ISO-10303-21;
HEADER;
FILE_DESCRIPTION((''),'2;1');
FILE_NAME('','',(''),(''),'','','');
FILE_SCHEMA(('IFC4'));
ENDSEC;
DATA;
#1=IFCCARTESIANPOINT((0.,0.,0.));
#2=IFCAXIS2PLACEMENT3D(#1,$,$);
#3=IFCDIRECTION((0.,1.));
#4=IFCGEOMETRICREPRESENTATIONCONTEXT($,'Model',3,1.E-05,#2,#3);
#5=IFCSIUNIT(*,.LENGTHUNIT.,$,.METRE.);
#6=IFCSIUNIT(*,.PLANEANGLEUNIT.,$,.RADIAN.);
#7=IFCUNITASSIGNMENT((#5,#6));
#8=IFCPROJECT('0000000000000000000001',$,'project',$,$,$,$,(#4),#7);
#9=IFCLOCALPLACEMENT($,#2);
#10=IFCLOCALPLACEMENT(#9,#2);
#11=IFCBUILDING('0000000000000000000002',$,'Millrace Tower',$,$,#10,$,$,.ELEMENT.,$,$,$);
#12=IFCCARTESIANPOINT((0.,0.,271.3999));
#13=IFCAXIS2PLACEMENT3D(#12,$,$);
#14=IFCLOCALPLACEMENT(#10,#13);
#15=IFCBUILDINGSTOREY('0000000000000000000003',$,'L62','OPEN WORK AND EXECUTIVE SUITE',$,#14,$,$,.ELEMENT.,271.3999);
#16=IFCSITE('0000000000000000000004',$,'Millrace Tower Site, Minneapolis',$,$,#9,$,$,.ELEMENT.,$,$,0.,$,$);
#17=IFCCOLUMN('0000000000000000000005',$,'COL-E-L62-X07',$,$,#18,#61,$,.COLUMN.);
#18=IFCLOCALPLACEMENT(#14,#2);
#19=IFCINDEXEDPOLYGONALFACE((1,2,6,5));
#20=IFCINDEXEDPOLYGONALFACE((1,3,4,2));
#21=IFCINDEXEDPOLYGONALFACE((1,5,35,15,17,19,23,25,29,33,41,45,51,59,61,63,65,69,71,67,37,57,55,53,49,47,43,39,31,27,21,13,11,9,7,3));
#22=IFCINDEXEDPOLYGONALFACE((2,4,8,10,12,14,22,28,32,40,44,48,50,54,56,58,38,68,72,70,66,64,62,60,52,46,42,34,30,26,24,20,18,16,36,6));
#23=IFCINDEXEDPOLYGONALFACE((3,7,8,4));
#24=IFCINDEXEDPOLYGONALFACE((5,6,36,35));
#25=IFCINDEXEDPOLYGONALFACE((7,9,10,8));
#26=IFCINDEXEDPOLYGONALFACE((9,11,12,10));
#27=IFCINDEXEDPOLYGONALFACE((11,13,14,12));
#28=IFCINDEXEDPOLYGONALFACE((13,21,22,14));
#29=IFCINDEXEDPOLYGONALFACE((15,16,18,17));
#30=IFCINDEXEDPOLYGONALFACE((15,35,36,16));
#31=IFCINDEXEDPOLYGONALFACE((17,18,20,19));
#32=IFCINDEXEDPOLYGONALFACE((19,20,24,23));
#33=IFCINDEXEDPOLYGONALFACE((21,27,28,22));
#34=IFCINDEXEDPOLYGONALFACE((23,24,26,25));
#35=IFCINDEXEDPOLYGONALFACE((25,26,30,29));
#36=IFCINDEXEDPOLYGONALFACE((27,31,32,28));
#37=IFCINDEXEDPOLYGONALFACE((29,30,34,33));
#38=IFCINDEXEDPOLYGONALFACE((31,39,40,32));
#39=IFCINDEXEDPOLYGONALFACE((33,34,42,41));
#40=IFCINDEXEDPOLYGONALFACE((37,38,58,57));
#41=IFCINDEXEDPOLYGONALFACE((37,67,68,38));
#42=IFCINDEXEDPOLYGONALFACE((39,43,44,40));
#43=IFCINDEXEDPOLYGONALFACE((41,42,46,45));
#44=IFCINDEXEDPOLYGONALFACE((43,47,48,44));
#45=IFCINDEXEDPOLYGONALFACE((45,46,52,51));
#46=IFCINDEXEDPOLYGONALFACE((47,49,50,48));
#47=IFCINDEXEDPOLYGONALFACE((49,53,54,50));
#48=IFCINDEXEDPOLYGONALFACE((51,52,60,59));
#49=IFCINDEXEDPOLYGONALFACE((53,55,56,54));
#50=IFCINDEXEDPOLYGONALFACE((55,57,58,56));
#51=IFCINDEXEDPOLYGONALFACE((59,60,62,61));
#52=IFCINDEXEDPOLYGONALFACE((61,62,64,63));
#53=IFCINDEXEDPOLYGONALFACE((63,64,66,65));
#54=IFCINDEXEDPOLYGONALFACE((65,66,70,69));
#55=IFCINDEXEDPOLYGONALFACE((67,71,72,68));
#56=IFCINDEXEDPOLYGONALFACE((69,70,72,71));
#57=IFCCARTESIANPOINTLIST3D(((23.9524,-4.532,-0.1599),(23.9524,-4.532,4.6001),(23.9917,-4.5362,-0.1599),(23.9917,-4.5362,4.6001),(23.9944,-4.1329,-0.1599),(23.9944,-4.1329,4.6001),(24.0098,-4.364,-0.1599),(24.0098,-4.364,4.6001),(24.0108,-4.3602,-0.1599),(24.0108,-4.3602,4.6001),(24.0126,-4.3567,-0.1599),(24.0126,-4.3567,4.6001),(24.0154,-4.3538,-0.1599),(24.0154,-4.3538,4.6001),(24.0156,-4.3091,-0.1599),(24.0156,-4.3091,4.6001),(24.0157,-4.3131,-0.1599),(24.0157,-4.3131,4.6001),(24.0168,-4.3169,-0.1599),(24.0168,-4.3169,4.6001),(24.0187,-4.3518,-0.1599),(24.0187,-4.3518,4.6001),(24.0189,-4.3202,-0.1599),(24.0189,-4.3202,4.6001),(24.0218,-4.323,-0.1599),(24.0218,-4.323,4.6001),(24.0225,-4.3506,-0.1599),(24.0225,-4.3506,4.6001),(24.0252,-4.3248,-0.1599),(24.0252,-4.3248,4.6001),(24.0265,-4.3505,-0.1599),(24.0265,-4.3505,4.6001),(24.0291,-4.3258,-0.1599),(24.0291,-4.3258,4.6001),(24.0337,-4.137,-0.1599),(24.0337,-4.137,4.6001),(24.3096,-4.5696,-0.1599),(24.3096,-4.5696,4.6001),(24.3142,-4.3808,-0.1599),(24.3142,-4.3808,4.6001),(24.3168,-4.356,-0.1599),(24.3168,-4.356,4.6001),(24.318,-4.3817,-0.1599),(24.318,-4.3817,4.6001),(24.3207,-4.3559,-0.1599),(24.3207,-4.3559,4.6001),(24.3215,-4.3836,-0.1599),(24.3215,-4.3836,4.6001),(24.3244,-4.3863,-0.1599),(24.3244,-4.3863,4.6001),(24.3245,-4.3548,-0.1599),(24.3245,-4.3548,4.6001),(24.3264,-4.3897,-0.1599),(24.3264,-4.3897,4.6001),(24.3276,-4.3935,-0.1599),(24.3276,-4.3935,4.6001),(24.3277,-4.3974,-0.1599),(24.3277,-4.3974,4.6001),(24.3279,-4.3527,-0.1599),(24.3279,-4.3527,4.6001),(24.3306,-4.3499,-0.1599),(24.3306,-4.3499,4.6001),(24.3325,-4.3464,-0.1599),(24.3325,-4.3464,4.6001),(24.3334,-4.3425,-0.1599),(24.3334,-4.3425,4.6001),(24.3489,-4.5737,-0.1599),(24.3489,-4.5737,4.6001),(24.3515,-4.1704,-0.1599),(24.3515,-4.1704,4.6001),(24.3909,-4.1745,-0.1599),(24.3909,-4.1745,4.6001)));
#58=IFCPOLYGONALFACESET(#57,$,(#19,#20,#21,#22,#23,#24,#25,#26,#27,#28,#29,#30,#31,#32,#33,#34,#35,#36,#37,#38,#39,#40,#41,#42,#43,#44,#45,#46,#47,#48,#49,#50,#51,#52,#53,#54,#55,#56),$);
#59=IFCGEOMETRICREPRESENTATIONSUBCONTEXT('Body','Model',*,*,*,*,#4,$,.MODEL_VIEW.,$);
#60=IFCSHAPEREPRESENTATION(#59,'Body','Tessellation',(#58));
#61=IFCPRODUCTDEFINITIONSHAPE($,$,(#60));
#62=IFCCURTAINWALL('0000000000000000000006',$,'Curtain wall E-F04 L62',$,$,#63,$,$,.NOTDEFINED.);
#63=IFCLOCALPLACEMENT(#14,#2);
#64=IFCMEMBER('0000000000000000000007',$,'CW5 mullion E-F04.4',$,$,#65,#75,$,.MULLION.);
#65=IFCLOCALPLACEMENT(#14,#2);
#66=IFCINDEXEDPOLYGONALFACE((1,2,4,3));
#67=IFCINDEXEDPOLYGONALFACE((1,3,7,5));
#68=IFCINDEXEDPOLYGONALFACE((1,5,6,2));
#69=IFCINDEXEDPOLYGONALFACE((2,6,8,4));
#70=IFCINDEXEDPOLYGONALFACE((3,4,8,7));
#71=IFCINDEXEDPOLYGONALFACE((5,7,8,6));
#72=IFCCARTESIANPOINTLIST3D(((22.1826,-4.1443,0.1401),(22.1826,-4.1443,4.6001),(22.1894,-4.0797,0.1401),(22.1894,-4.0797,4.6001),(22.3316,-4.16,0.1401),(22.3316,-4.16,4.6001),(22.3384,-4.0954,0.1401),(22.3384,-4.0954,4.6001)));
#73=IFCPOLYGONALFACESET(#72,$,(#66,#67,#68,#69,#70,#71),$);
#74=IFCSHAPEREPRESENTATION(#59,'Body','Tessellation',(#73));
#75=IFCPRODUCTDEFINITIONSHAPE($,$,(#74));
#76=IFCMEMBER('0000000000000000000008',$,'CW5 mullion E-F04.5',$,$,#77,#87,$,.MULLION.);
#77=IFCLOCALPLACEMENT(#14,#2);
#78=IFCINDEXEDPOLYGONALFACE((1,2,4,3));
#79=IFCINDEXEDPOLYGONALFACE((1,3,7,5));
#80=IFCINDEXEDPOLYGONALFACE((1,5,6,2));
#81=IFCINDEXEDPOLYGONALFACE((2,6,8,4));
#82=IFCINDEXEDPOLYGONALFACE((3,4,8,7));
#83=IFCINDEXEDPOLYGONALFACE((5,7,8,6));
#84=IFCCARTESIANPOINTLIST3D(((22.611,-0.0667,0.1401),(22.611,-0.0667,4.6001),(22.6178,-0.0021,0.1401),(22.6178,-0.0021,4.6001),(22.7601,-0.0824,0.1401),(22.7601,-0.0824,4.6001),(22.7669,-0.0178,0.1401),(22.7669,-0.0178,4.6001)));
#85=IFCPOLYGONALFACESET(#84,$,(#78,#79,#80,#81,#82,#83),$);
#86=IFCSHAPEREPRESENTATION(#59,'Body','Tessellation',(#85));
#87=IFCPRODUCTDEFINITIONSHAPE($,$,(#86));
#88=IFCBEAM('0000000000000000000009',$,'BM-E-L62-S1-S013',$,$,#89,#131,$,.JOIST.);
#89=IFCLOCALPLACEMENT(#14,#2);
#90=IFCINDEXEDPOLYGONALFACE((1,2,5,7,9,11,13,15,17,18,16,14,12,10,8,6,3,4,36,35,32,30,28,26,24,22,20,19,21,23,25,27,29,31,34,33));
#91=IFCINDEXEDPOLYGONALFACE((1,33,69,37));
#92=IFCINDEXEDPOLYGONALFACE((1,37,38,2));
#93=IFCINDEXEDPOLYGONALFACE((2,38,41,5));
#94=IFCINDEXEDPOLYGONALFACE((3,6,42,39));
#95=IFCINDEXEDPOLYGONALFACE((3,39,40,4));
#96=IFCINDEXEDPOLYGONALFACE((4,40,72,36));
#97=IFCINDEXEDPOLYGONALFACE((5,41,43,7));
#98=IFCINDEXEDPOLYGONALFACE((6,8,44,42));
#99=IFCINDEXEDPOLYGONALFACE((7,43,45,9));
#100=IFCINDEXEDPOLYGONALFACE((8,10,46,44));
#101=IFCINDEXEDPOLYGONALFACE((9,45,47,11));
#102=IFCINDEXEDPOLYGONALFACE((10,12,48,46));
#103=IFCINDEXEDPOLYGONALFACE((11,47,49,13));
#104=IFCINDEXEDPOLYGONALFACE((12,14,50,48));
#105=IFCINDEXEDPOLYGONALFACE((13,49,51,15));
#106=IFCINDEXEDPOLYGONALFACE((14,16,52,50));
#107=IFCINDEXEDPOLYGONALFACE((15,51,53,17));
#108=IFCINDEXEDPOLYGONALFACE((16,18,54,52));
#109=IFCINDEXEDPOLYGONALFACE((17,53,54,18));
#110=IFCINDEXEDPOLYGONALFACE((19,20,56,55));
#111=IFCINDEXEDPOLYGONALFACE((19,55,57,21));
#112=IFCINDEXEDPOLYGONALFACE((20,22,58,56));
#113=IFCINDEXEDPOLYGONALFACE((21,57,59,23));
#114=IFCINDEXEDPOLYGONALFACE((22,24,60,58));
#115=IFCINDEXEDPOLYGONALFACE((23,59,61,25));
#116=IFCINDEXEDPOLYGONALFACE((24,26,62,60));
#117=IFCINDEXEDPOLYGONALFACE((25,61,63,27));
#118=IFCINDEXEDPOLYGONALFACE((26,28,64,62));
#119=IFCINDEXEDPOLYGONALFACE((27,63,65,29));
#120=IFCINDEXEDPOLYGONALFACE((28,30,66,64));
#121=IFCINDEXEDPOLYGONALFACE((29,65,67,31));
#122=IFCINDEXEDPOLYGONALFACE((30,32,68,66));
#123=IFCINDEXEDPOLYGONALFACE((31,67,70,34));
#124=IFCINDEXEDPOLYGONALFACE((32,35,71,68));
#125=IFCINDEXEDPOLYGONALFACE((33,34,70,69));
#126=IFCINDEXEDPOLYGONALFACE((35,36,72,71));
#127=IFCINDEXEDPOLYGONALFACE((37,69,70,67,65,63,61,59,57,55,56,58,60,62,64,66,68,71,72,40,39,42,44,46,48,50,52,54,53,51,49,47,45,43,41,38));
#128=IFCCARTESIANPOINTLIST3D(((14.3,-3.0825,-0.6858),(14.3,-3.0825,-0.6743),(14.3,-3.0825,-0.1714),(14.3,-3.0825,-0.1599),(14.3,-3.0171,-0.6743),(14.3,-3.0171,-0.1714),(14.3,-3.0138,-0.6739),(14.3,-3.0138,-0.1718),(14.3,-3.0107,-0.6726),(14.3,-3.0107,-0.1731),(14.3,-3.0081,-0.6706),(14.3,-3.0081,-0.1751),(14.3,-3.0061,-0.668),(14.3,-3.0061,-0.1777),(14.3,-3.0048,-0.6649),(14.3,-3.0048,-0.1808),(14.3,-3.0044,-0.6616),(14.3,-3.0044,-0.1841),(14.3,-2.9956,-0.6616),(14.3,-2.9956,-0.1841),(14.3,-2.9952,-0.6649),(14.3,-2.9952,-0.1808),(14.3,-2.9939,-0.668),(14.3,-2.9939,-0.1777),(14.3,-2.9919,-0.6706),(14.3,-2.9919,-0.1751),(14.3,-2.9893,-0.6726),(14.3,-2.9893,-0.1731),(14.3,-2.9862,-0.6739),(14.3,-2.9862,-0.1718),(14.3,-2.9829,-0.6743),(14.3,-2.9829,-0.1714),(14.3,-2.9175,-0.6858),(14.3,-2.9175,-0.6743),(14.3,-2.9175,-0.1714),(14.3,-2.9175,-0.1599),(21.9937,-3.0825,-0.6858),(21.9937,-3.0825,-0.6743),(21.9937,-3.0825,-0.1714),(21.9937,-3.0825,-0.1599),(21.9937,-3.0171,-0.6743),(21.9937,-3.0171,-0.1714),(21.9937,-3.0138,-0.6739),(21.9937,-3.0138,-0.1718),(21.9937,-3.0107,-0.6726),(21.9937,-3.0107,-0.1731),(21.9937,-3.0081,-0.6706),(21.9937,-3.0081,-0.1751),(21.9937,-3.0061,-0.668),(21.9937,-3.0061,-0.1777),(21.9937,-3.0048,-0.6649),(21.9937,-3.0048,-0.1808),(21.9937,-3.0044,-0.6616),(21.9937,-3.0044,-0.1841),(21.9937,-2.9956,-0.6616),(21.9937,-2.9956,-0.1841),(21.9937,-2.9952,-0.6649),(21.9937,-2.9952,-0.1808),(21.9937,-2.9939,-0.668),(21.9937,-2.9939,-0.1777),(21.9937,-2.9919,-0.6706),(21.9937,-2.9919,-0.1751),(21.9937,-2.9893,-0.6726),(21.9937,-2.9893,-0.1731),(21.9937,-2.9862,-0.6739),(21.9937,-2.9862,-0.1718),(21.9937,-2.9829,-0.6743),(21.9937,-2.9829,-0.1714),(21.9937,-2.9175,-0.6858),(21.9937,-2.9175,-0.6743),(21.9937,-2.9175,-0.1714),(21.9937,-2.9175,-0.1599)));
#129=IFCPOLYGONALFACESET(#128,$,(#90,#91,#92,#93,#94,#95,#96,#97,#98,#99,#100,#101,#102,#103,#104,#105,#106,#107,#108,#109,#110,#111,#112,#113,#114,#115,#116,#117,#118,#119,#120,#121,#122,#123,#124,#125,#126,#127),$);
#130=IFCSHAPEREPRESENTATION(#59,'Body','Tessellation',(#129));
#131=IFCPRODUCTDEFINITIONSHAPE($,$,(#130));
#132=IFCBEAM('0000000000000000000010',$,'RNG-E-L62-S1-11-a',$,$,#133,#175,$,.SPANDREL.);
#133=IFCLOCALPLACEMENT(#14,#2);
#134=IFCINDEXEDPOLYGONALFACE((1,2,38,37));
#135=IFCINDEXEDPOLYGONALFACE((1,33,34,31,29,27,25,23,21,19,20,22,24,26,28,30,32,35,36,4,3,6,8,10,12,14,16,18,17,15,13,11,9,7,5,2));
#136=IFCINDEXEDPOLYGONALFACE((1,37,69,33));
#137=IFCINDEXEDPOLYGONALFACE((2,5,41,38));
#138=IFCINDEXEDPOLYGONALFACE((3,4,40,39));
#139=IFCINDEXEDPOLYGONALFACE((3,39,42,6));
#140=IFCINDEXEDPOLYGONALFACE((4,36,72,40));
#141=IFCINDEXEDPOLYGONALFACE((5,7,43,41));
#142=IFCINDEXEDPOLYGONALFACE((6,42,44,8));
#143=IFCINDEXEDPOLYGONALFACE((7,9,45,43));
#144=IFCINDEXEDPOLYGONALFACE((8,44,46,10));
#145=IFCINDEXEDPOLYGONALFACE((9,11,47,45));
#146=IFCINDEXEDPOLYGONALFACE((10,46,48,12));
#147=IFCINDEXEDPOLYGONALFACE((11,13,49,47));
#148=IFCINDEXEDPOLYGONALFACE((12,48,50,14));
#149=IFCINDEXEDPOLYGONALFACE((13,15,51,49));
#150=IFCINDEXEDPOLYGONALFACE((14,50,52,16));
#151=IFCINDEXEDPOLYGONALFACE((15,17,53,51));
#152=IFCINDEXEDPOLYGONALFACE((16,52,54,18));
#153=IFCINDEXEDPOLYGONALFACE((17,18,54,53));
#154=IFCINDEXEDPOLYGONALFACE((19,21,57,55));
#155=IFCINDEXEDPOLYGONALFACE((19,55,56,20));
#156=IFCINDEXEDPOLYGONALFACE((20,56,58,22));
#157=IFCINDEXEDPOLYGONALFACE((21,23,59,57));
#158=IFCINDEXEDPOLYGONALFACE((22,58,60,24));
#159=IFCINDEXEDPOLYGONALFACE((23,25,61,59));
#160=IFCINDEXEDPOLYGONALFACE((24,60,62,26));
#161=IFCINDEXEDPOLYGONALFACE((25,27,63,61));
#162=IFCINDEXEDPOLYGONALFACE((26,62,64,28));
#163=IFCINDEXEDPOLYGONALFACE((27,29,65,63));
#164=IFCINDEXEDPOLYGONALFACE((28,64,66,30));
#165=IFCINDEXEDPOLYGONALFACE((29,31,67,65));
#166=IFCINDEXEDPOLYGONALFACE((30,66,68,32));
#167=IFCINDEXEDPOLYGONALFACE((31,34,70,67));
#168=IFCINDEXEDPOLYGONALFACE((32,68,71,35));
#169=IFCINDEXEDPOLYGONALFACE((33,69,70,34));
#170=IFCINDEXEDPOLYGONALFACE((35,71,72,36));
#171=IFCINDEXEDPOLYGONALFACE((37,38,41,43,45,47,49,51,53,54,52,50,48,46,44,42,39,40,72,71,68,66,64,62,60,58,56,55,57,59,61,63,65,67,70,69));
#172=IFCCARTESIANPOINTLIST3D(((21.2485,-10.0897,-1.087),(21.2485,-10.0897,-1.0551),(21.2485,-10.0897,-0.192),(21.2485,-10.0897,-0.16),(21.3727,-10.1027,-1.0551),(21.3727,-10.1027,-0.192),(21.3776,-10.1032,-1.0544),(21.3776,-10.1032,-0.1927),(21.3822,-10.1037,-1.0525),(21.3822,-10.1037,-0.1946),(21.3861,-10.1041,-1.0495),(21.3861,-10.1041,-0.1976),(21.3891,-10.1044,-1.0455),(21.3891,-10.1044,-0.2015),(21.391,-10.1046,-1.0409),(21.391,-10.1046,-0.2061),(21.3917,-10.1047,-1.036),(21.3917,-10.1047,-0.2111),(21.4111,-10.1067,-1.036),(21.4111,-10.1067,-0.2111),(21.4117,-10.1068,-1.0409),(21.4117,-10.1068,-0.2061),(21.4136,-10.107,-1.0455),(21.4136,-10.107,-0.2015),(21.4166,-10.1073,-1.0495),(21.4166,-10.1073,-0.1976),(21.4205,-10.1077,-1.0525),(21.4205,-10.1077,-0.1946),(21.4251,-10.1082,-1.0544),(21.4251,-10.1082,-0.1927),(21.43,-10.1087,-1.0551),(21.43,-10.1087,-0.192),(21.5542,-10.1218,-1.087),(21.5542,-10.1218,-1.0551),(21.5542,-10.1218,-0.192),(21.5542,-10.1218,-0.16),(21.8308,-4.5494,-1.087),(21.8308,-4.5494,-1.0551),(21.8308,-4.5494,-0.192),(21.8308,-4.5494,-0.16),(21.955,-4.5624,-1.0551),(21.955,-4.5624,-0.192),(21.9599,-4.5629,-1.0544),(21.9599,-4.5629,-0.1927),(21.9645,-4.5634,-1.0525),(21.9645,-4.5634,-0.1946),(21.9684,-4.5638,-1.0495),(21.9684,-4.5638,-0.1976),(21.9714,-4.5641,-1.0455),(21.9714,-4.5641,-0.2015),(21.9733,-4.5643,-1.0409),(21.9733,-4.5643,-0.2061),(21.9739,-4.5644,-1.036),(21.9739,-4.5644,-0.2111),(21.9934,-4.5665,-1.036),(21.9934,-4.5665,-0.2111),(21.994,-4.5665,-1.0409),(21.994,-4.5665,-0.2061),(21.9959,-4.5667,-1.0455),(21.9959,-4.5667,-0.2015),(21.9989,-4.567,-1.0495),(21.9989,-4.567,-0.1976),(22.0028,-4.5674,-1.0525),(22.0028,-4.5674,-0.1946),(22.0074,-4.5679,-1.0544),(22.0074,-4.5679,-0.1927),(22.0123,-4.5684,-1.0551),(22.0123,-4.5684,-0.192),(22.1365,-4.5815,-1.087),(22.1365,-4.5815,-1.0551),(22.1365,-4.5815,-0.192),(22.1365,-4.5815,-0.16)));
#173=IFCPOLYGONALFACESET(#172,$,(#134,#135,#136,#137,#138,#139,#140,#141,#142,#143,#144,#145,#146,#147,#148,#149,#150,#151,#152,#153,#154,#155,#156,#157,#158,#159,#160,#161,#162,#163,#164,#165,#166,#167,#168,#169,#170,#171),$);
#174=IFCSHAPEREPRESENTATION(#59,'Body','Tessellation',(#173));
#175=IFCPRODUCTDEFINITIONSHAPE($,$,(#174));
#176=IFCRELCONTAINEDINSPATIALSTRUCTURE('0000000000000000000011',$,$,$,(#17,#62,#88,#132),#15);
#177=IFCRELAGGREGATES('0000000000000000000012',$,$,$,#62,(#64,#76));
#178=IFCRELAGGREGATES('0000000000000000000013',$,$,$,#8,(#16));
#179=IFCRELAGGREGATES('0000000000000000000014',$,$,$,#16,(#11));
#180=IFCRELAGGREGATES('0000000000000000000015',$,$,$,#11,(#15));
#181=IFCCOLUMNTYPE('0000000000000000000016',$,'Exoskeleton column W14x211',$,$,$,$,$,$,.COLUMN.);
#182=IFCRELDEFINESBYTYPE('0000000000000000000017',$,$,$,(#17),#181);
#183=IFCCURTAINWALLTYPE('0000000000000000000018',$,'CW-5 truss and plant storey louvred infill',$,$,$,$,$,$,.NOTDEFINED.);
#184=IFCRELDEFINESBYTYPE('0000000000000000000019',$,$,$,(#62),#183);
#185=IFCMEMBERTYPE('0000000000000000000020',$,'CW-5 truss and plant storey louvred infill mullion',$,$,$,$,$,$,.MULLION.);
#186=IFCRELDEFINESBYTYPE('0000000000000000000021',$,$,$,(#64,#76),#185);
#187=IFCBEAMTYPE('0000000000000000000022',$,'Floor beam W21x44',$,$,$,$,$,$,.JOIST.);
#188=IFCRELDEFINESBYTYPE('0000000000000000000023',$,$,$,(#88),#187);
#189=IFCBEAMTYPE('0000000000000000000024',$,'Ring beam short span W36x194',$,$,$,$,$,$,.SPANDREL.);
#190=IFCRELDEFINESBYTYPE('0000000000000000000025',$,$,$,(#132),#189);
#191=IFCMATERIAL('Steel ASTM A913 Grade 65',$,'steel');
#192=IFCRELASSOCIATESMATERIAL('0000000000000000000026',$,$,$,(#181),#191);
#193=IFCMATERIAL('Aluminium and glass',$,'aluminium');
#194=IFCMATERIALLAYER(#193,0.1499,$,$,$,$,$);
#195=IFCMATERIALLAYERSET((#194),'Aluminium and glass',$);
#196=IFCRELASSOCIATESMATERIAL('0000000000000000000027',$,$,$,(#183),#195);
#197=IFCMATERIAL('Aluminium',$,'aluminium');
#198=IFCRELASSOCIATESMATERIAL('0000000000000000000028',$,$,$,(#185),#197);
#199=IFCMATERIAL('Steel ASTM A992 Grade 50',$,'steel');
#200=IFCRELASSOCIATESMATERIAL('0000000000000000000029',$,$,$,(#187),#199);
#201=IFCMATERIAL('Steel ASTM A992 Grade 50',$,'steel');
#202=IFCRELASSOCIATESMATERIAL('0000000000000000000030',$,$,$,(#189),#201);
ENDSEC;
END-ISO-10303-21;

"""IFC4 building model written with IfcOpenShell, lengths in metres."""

from ifc_helpers import new_model, si_unit, direction, frame, origin, origin_2d, place, context, subcontext, project, spatial, rectangle, i_section, extrude, material, layer, layer_set, material_profile, profile_set, type_object, element, aggregate, save


model = new_model("IFC4")

# Units and contexts
model_context = context("Model", 3, precision=1e-05, world=origin(), true_north=direction((0.0, 1.0)))
body_context = subcontext(model_context, "Body", "Model", "MODEL_VIEW")
ifc_project = project(units=[si_unit("LENGTHUNIT", "METRE"), si_unit("PLANEANGLEUNIT", "RADIAN")], contexts=[model_context])

# Site, building, storey
site_placement = place(None, origin())
site = spatial("IfcSite", under=ifc_project, at=site_placement, Name="Millrace Tower Site, Minneapolis", CompositionType="ELEMENT", RefElevation=0.0)
building_placement = place(site_placement, origin())
building = spatial("IfcBuilding", under=site, at=building_placement, Name="Millrace Tower", CompositionType="ELEMENT")
storey_placement = place(building_placement, frame((0.0, 0.0, 271.3999)))
storey = spatial("IfcBuildingStorey", under=building, at=storey_placement, Name="L62", Description="OPEN WORK AND EXECUTIVE SUITE", CompositionType="ELEMENT", Elevation=271.3999)

# Column
ifc_material_1 = material(Name="Steel ASTM A913 Grade 65", Category="steel")
ifc_material_profile_1 = material_profile(ifc_material_1, i_section(OverallWidth=0.4014, OverallDepth=0.3987, WebThickness=0.0249, FlangeThickness=0.0396, FilletRadius=0.0151, at=origin_2d()))
ifc_profile_set_1 = profile_set([ifc_material_profile_1], Name="Steel ASTM A913 Grade 65")
column_type = type_object("IfcColumnType", Name="Exoskeleton column W14x211", PredefinedType="COLUMN", material=ifc_profile_set_1)
column_placement = place(storey_placement, frame((24.1716, -4.3533, -0.1599), z_axis=(0.0, 0.0, 1.0), x_axis=(0.104528, 0.994522, 0.0)))
element("IfcColumn", 1, at=column_placement, inside=storey, type_object=column_type, Name="COL-E-L62-X07", PredefinedType="COLUMN", context=body_context, shape_type="SweptSolid", body=[
    extrude(i_section(OverallWidth=0.4014, OverallDepth=0.3987, WebThickness=0.0249, FlangeThickness=0.0396, FilletRadius=0.0151, at=origin_2d()), origin(), (0.0, 0.0, 1.0), 4.76),
])

# Curtain wall, members
ifc_material_2 = material(Name="Aluminium and glass", Category="aluminium")
ifc_layer_1 = layer(ifc_material_2, 0.1499)
ifc_layer_set_1 = layer_set([ifc_layer_1], Name="Aluminium and glass")
curtain_wall_type = type_object("IfcCurtainWallType", Name="CW-5 truss and plant storey louvred infill", PredefinedType="NOTDEFINED", material=ifc_layer_set_1)
curtain_wall_placement = place(storey_placement, origin())
curtain_wall = element("IfcCurtainWall", 2, at=curtain_wall_placement, inside=storey, type_object=curtain_wall_type, Name="Curtain wall E-F04 L62", PredefinedType="NOTDEFINED")
ifc_material_3 = material(Name="Aluminium", Category="aluminium")
ifc_material_profile_2 = material_profile(ifc_material_3, rectangle(XDim=0.0649, YDim=0.1499, at=origin_2d()))
ifc_profile_set_2 = profile_set([ifc_material_profile_2], Name="Aluminium")
member_type_1 = type_object("IfcMemberType", Name="CW-5 truss and plant storey louvred infill mullion", PredefinedType="MULLION", material=ifc_profile_set_2)
member_1_placement = place(storey_placement, frame((22.2605, -4.1199, 0.1401), z_axis=(0.0, 0.0, 1.0), x_axis=(0.104528, 0.994522, 0.0)))
member_1 = element("IfcMember", 3, at=member_1_placement, type_object=member_type_1, Name="CW5 mullion E-F04.4", PredefinedType="MULLION", context=body_context, shape_type="SweptSolid", body=[
    extrude(rectangle(XDim=0.0649, YDim=0.1499, at=origin_2d()), origin(), (0.0, 0.0, 1.0), 4.46),
])
member_2_placement = place(storey_placement, frame((22.689, -0.0422, 0.1401), z_axis=(0.0, 0.0, 1.0), x_axis=(0.104528, 0.994522, 0.0)))
member_2 = element("IfcMember", 4, at=member_2_placement, type_object=member_type_1, Name="CW5 mullion E-F04.5", PredefinedType="MULLION", context=body_context, shape_type="SweptSolid", body=[
    extrude(rectangle(XDim=0.0649, YDim=0.1499, at=origin_2d()), origin(), (0.0, 0.0, 1.0), 4.46),
])
aggregate(curtain_wall, [member_1, member_2])

# Beams
ifc_material_4 = material(Name="Steel ASTM A992 Grade 50", Category="steel")
ifc_material_profile_3 = material_profile(ifc_material_4, i_section(OverallWidth=0.165, OverallDepth=0.5259, WebThickness=0.0088, FlangeThickness=0.0115, FilletRadius=0.0127, at=origin_2d()))
ifc_profile_set_3 = profile_set([ifc_material_profile_3], Name="Steel ASTM A992 Grade 50")
beam_type_1 = type_object("IfcBeamType", Name="Floor beam W21x44", PredefinedType="JOIST", material=ifc_profile_set_3)
beam_1_placement = place(storey_placement, frame((14.3, -3.0, -0.4229), z_axis=(1.0, 0.0, 0.0), x_axis=(0.0, 1.0, 0.0)))
element("IfcBeam", 5, at=beam_1_placement, inside=storey, type_object=beam_type_1, Name="BM-E-L62-S1-S013", PredefinedType="JOIST", context=body_context, shape_type="SweptSolid", body=[
    extrude(i_section(OverallWidth=0.165, OverallDepth=0.5259, WebThickness=0.0088, FlangeThickness=0.0115, FilletRadius=0.0127, at=origin_2d()), origin(), (0.0, 0.0, 1.0), 7.6936),
])
ifc_material_5 = material(Name="Steel ASTM A992 Grade 50", Category="steel")
ifc_material_profile_4 = material_profile(ifc_material_5, i_section(OverallWidth=0.3074, OverallDepth=0.927, WebThickness=0.0195, FlangeThickness=0.032, FilletRadius=0.019, at=origin_2d()))
ifc_profile_set_4 = profile_set([ifc_material_profile_4], Name="Steel ASTM A992 Grade 50")
beam_type_2 = type_object("IfcBeamType", Name="Ring beam short span W36x194", PredefinedType="SPANDREL", material=ifc_profile_set_4)
beam_2_placement = place(storey_placement, frame((21.9836, -4.5654, -0.6235), z_axis=(-0.104523, -0.994522, 0.0), x_axis=(0.994522, -0.104523, 0.0)))
element("IfcBeam", 6, at=beam_2_placement, inside=storey, type_object=beam_type_2, Name="RNG-E-L62-S1-11-a", PredefinedType="SPANDREL", context=body_context, shape_type="SweptSolid", body=[
    extrude(i_section(OverallWidth=0.3074, OverallDepth=0.927, WebThickness=0.0195, FlangeThickness=0.032, FilletRadius=0.019, at=origin_2d()), origin(), (0.0, 0.0, 1.0), 5.5708),
])

save(model, "model.ifc")
